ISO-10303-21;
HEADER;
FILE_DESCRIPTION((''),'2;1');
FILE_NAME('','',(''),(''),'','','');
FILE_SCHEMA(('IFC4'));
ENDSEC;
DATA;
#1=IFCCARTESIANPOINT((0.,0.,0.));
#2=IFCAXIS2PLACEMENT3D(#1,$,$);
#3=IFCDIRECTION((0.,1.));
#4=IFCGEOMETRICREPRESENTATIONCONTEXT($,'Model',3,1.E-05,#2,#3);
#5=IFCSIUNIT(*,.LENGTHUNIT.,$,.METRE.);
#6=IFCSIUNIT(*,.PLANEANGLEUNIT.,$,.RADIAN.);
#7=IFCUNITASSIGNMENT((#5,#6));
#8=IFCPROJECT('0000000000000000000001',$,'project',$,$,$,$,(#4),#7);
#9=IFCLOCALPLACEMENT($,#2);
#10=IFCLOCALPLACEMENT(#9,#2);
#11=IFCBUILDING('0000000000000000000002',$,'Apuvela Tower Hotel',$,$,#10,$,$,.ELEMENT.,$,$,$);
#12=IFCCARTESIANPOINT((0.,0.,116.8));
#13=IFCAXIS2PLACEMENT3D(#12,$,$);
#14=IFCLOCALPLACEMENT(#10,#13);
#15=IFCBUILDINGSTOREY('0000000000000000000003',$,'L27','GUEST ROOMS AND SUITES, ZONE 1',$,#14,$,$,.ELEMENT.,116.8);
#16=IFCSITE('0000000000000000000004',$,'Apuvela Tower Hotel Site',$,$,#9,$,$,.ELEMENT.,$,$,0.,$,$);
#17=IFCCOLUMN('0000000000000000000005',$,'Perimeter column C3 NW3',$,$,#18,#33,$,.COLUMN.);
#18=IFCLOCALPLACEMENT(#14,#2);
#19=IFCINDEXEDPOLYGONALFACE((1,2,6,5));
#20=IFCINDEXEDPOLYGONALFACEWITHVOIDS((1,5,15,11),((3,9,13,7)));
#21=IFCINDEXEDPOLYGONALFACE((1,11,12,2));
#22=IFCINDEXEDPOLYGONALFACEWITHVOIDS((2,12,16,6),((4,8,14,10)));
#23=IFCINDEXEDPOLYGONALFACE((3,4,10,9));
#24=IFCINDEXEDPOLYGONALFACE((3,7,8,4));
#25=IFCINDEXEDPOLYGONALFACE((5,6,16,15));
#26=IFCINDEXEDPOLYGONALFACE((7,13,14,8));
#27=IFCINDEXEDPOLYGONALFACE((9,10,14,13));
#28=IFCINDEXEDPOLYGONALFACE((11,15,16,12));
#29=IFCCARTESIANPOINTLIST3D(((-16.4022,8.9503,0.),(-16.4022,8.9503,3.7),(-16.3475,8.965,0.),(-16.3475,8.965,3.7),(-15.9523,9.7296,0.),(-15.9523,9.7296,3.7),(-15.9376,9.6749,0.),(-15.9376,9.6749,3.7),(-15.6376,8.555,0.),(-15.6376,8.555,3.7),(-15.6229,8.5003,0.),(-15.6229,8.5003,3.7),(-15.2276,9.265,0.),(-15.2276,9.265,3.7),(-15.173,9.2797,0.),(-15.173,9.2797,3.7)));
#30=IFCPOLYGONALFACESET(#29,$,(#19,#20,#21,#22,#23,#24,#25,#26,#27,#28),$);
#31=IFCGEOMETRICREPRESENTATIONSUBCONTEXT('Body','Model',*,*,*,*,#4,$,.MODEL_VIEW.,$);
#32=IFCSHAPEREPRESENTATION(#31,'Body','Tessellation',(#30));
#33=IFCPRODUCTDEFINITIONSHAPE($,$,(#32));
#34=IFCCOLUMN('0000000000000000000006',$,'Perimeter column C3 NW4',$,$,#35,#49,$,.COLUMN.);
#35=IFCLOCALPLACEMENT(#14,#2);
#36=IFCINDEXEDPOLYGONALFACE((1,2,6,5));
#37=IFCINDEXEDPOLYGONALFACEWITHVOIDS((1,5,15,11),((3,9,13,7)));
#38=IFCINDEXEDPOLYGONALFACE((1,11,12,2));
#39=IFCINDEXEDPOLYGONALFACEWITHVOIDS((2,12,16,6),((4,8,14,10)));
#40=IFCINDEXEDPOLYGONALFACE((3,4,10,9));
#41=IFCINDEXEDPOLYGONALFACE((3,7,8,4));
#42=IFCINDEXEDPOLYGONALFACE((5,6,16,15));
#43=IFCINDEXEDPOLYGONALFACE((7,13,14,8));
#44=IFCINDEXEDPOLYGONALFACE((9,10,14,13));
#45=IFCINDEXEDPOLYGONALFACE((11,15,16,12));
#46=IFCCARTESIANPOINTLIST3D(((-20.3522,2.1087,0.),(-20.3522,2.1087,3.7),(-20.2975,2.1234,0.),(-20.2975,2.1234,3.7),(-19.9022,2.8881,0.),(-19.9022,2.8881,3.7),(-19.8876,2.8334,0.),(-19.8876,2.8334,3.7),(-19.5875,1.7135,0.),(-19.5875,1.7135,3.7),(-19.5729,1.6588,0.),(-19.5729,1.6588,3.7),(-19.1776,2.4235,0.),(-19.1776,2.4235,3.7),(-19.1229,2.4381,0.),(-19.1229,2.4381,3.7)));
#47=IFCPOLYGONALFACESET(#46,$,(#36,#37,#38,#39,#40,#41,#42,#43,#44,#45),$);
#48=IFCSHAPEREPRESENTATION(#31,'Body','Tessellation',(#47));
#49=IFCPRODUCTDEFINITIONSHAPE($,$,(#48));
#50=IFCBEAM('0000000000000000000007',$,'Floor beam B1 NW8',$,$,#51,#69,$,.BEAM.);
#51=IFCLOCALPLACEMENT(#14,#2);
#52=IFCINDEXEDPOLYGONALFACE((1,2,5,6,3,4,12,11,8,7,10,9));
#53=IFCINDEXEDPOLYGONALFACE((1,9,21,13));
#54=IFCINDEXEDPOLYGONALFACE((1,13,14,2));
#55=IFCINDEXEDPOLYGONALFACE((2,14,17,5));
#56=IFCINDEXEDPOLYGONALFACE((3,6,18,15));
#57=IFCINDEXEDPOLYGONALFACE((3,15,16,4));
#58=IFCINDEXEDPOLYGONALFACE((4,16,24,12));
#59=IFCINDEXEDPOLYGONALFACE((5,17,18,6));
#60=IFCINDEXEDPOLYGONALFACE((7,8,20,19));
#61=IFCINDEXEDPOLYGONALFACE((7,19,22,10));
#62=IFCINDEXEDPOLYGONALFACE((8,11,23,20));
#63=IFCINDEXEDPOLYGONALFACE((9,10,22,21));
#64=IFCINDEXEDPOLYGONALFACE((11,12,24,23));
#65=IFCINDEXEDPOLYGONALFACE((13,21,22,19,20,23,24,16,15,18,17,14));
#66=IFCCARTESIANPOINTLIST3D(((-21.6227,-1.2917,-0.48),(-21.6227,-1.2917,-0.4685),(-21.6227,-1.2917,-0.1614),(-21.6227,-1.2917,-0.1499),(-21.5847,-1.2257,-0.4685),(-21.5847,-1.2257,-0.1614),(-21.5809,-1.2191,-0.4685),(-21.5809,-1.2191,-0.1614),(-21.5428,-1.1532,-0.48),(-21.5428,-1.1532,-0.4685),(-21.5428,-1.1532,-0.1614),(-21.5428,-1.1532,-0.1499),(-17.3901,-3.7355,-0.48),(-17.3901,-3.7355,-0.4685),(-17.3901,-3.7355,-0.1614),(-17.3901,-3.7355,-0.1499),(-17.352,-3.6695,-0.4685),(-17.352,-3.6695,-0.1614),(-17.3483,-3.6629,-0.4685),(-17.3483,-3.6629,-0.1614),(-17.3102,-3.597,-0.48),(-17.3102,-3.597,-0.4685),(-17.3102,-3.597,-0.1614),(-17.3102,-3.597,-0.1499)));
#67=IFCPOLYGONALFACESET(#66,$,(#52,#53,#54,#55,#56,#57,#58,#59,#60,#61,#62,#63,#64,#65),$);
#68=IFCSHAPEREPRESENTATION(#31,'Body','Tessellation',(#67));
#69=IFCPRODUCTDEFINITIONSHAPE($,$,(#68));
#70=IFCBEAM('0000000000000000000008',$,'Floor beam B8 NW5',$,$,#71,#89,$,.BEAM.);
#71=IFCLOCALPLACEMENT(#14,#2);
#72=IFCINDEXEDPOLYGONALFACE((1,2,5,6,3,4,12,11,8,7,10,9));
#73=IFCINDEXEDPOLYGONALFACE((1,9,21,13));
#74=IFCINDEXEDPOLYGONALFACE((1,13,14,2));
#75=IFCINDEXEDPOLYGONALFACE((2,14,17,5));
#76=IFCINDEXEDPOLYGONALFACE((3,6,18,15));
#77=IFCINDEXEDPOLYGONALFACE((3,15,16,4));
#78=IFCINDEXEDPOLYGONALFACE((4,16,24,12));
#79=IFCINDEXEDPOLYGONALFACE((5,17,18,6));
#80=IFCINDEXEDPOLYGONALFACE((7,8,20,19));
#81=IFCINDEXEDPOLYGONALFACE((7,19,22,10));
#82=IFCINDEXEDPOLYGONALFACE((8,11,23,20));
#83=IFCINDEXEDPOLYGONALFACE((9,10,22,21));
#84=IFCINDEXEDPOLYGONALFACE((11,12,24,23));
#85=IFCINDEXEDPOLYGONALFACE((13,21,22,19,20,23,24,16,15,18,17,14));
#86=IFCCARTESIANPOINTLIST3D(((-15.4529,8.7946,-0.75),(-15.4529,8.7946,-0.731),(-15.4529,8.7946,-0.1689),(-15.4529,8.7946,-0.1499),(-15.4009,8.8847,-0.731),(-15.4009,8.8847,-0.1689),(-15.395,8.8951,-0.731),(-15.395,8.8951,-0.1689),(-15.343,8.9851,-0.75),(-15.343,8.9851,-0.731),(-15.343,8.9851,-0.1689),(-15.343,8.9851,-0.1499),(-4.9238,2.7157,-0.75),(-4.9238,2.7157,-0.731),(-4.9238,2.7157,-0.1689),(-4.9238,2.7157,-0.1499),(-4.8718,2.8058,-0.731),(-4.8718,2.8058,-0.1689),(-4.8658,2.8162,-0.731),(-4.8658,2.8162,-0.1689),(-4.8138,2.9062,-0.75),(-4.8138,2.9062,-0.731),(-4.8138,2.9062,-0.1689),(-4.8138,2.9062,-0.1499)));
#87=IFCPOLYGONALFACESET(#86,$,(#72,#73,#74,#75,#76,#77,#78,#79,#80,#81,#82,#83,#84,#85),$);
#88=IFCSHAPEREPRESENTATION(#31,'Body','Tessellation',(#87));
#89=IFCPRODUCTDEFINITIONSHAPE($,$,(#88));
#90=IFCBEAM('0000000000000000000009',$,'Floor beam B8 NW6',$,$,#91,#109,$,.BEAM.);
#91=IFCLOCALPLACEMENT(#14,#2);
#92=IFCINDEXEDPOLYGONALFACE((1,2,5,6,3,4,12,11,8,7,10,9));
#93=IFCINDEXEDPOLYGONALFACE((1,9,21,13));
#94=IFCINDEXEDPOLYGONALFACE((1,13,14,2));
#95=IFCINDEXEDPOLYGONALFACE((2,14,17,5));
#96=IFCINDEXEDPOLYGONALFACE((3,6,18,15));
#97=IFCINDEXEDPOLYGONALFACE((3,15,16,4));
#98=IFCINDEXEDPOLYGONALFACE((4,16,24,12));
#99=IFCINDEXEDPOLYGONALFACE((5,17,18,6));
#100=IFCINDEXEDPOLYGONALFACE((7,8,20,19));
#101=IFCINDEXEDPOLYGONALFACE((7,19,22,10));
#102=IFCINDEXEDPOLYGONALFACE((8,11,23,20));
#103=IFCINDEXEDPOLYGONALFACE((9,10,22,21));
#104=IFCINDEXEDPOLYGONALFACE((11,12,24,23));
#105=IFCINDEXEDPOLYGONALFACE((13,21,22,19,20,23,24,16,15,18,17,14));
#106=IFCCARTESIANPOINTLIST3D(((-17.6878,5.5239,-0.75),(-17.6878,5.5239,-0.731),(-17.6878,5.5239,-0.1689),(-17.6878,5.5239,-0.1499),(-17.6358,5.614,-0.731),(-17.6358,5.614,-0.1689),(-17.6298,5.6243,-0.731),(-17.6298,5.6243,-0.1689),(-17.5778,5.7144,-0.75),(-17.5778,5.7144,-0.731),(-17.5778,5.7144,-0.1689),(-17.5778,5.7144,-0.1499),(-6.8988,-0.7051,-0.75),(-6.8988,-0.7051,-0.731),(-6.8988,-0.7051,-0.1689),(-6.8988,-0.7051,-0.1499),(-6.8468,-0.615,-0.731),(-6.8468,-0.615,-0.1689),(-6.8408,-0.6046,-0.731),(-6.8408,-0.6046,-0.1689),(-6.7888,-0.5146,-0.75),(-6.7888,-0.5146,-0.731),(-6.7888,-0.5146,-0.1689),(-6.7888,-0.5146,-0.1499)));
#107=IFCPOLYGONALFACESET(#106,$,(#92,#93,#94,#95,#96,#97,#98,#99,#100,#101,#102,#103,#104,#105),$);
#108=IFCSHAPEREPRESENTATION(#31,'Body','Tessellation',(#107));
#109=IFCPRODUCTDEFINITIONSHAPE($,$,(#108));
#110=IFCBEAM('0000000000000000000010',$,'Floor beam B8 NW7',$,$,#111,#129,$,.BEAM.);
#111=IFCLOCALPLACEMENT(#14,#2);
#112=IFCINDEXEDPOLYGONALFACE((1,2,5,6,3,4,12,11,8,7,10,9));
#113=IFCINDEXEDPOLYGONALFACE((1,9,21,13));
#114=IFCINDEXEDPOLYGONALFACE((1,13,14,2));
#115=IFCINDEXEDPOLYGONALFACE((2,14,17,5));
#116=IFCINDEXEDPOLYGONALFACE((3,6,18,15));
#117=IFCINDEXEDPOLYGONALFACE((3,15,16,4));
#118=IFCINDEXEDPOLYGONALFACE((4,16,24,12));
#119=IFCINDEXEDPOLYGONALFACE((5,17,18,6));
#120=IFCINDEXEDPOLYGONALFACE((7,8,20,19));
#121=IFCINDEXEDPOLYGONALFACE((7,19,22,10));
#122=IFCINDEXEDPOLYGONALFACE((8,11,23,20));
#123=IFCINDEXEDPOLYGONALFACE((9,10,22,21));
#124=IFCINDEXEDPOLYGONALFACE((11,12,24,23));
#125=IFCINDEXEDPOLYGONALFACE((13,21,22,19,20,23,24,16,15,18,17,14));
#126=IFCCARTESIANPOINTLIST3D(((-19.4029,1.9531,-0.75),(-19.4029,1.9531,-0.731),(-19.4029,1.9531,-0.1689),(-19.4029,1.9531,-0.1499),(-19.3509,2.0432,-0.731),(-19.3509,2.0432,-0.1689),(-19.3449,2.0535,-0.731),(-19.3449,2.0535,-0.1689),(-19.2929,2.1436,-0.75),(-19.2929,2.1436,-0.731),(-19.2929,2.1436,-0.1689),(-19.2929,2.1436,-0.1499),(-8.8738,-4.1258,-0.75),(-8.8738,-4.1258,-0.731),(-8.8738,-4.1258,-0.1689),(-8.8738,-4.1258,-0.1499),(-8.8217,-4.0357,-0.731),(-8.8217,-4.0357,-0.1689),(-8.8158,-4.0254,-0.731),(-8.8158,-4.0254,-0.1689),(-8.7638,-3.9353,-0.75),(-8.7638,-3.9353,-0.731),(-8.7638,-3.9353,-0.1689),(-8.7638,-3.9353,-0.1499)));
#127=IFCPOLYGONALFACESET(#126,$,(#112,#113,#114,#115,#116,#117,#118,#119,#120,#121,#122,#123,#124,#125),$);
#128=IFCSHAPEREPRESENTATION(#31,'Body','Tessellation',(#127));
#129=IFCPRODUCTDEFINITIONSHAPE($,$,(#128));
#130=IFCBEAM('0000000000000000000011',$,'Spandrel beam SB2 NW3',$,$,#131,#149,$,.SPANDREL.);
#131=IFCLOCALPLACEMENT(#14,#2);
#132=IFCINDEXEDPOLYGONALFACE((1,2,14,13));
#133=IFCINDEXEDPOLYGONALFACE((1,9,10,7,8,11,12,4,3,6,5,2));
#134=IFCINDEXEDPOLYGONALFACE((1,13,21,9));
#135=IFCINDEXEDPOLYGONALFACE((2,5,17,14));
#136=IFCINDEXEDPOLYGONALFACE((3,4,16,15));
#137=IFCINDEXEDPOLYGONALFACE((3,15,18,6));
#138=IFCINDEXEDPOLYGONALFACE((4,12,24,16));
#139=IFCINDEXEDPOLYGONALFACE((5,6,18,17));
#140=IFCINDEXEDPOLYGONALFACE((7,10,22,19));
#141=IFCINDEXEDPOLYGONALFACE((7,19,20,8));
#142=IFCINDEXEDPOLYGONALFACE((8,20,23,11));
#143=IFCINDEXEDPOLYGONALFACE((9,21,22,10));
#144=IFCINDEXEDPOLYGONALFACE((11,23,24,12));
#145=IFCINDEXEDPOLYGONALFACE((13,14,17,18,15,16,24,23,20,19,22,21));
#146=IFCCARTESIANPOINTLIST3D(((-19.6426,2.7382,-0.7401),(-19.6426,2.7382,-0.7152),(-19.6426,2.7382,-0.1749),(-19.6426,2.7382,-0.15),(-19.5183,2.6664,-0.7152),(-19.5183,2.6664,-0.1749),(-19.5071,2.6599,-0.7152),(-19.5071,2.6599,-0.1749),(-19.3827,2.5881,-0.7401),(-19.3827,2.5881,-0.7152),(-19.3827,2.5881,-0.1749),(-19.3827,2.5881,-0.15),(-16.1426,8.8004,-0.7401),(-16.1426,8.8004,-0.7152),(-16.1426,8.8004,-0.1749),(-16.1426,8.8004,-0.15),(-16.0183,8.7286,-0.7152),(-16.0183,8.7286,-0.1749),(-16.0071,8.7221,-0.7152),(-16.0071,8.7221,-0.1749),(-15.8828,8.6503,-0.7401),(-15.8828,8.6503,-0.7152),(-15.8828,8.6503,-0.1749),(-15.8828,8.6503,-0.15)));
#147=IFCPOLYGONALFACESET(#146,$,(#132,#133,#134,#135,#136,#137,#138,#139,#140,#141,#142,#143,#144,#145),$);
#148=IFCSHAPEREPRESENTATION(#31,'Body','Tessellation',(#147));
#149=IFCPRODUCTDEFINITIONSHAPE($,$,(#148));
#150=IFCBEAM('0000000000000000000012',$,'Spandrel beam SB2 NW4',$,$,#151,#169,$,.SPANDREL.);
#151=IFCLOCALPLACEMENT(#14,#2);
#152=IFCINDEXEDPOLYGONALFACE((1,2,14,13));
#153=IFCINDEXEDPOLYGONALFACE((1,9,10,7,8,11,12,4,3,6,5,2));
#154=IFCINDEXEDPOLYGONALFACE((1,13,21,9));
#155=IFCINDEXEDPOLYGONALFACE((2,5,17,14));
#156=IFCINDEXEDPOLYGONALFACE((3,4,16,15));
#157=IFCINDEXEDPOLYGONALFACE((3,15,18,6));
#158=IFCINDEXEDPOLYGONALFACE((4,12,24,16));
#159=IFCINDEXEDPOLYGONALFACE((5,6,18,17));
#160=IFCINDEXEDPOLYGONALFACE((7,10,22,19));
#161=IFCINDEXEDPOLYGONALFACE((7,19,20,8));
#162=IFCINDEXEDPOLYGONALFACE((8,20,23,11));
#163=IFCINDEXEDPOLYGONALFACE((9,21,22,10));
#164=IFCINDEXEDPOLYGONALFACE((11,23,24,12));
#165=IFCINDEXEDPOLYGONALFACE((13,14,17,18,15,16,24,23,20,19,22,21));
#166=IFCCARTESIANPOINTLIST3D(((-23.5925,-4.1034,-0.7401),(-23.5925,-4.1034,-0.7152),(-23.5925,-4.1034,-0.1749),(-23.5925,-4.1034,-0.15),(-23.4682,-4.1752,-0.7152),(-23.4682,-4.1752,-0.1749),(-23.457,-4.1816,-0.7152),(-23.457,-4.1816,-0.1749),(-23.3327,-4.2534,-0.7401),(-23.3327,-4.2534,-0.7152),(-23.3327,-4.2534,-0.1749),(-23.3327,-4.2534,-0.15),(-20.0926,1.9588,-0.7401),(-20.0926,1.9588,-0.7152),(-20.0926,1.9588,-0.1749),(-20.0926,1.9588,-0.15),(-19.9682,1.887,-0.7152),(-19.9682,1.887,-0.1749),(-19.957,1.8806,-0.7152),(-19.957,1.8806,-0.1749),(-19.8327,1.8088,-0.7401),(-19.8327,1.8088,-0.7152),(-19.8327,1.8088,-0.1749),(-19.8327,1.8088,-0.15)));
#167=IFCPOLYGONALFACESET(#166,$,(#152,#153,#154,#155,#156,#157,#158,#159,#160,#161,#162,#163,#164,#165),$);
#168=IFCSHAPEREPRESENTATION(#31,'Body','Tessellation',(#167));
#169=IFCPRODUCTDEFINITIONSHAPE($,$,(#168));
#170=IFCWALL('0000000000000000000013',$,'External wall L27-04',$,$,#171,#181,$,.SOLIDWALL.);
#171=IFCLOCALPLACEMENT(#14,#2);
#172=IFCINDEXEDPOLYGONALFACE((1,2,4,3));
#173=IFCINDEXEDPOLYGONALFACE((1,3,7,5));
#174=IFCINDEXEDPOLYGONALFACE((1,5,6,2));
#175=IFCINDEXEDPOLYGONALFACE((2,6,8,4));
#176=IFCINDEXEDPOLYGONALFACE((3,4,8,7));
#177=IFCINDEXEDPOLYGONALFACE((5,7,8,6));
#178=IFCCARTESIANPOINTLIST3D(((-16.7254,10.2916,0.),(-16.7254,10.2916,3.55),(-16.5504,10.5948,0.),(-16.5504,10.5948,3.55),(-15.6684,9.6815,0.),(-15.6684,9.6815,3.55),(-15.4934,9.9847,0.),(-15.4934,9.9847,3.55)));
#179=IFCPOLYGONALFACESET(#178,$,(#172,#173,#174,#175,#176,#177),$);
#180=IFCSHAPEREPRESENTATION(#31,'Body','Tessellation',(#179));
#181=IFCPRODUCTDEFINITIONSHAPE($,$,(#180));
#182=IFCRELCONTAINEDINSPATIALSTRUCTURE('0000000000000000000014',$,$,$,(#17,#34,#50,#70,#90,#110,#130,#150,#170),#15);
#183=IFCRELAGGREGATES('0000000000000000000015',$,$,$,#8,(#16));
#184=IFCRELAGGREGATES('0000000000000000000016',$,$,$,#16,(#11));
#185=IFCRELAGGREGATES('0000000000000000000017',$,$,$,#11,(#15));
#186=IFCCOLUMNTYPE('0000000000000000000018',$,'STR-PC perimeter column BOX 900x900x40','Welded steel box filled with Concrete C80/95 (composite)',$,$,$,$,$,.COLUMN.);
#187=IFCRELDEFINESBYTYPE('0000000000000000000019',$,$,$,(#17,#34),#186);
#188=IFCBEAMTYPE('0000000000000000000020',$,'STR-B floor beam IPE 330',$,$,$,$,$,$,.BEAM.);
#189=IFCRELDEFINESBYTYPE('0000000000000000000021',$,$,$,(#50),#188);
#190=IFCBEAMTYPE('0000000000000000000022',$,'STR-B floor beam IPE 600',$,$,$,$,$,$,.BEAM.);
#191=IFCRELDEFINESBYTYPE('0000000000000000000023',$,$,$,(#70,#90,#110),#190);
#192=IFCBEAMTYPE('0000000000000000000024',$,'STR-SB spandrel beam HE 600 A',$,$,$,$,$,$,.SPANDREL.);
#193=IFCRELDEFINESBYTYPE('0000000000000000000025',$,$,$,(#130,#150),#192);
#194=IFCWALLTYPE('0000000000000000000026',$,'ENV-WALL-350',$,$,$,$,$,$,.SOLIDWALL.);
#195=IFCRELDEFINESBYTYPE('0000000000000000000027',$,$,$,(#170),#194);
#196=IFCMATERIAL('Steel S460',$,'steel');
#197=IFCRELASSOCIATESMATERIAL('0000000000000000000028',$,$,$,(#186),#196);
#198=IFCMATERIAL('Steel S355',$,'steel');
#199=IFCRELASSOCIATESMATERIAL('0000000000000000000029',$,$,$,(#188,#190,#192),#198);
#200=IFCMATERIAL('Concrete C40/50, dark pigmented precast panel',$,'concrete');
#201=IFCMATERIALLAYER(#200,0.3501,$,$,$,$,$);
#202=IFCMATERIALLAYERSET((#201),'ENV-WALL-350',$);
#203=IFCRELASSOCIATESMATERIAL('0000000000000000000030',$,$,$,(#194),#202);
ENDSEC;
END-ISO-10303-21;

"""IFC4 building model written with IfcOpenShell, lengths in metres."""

from ifc_helpers import new_model, si_unit, direction, frame, frame_2d, origin, origin_2d, place, context, subcontext, project, spatial, rectangle, hollow_rectangle, i_section, extrude, material, layer, layer_set, material_profile, profile_set, type_object, element, save


model = new_model("IFC4")

# Units and contexts
model_context = context("Model", 3, precision=1e-05, world=origin(), true_north=direction((0.0, 1.0)))
body_context = subcontext(model_context, "Body", "Model", "MODEL_VIEW")
ifc_project = project(units=[si_unit("LENGTHUNIT", "METRE"), si_unit("PLANEANGLEUNIT", "RADIAN")], contexts=[model_context])

# Site, building, storey
site_placement = place(None, origin())
site = spatial("IfcSite", under=ifc_project, at=site_placement, Name="Apuvela Tower Hotel Site", CompositionType="ELEMENT", RefElevation=0.0)
building_placement = place(site_placement, origin())
building = spatial("IfcBuilding", under=site, at=building_placement, Name="Apuvela Tower Hotel", CompositionType="ELEMENT")
storey_placement = place(building_placement, frame((0.0, 0.0, 116.8)))
storey = spatial("IfcBuildingStorey", under=building, at=storey_placement, Name="L27", Description="GUEST ROOMS AND SUITES, ZONE 1", CompositionType="ELEMENT", Elevation=116.8)

# Columns
ifc_material_1 = material(Name="Steel S460", Category="steel")
ifc_material_profile_1 = material_profile(ifc_material_1, hollow_rectangle(XDim=0.8999, YDim=0.8999, WallThickness=0.04, at=origin_2d()), Name="BOX 900x900x40")
ifc_material_2 = material(Name="Concrete C80/95", Category="concrete")
ifc_material_profile_2 = material_profile(ifc_material_2, rectangle(XDim=0.8201, YDim=0.8201, at=origin_2d()), Name="Concrete C80/95 infill")
ifc_profile_set_1 = profile_set([ifc_material_profile_1, ifc_material_profile_2], Name="Steel S460")
column_type = type_object("IfcColumnType", Name="STR-PC perimeter column BOX 900x900x40", Description="Welded steel box filled with Concrete C80/95 (composite)", PredefinedType="COLUMN", material=ifc_profile_set_1)
for number, where, z_axis, x_axis, name in (
    (1, (-15.7876, 9.115, 0.0), (0.0, 0.0, 1.0), (0.5, 0.866025, 0.0), "Perimeter column C3 NW3"),
    (2, (-19.7375, 2.2734, 0.0), (0.0, 0.0, 1.0), (0.5, 0.866025, 0.0), "Perimeter column C3 NW4"),
):
    element("IfcColumn", number, at=place(storey_placement, frame(where, z_axis=z_axis, x_axis=x_axis)), inside=storey, type_object=column_type, Name=name, PredefinedType="COLUMN", context=body_context, shape_type="SweptSolid", body=[
        extrude(hollow_rectangle(XDim=0.8999, YDim=0.8999, WallThickness=0.04, at=origin_2d()), origin(), (0.0, 0.0, 1.0), 3.7),
    ])

# Beams
ifc_material_3 = material(Name="Steel S355", Category="steel")
ifc_material_profile_3 = material_profile(ifc_material_3, i_section(OverallWidth=0.1599, OverallDepth=0.3301, WebThickness=0.0076, FlangeThickness=0.0115, at=origin_2d()), Name="IPE 330")
ifc_profile_set_2 = profile_set([ifc_material_profile_3], Name="Steel S355")
beam_type_1 = type_object("IfcBeamType", Name="STR-B floor beam IPE 330", PredefinedType="BEAM", material=ifc_profile_set_2)
beam_1_placement = place(storey_placement, frame((-21.5828, -1.2224, -0.3149), z_axis=(0.866015, -0.500018, 0.0), x_axis=(0.500018, 0.866015, 0.0)))
element("IfcBeam", 3, at=beam_1_placement, inside=storey, type_object=beam_type_1, Name="Floor beam B1 NW8", PredefinedType="BEAM", context=body_context, shape_type="SweptSolid", body=[
    extrude(i_section(OverallWidth=0.1599, OverallDepth=0.3301, WebThickness=0.0076, FlangeThickness=0.0115, at=origin_2d()), origin(), (0.0, 0.0, 1.0), 4.8875),
])
ifc_material_profile_4 = material_profile(ifc_material_3, i_section(OverallWidth=0.22, OverallDepth=0.6001, WebThickness=0.012, FlangeThickness=0.019, at=origin_2d()), Name="IPE 600")
ifc_profile_set_3 = profile_set([ifc_material_profile_4], Name="Steel S355")
beam_type_2 = type_object("IfcBeamType", Name="STR-B floor beam IPE 600", PredefinedType="BEAM", material=ifc_profile_set_3)
beam_2_placement = place(storey_placement, frame((-15.3979, 8.8899, -0.45), z_axis=(0.866029, -0.499994, 0.0), x_axis=(0.499994, 0.866029, 0.0)))
element("IfcBeam", 4, at=beam_2_placement, inside=storey, type_object=beam_type_2, Name="Floor beam B8 NW5", PredefinedType="BEAM", context=body_context, shape_type="SweptSolid", body=[
    extrude(i_section(OverallWidth=0.22, OverallDepth=0.6001, WebThickness=0.012, FlangeThickness=0.019, at=origin_2d()), origin(), (0.0, 0.0, 1.0), 12.158),
])
beam_3_placement = place(storey_placement, frame((-17.6328, 5.6191, -0.45), z_axis=(0.866028, -0.499996, 0.0), x_axis=(0.499996, 0.866028, 0.0)))
element("IfcBeam", 5, at=beam_3_placement, inside=storey, type_object=beam_type_2, Name="Floor beam B8 NW6", PredefinedType="BEAM", context=body_context, shape_type="SweptSolid", body=[
    extrude(i_section(OverallWidth=0.22, OverallDepth=0.6001, WebThickness=0.012, FlangeThickness=0.019, at=origin_2d()), origin(), (0.0, 0.0, 1.0), 12.458),
])
beam_4_placement = place(storey_placement, frame((-19.3479, 2.0483, -0.45), z_axis=(0.866029, -0.499994, 0.0), x_axis=(0.499994, 0.866029, 0.0)))
element("IfcBeam", 6, at=beam_4_placement, inside=storey, type_object=beam_type_2, Name="Floor beam B8 NW7", PredefinedType="BEAM", context=body_context, shape_type="SweptSolid", body=[
    extrude(i_section(OverallWidth=0.22, OverallDepth=0.6001, WebThickness=0.012, FlangeThickness=0.019, at=origin_2d()), origin(), (0.0, 0.0, 1.0), 12.158),
])
ifc_material_profile_5 = material_profile(ifc_material_3, i_section(OverallWidth=0.3, OverallDepth=0.5901, WebThickness=0.0129, FlangeThickness=0.0249, at=origin_2d()), Name="HE 600 A")
ifc_profile_set_4 = profile_set([ifc_material_profile_5], Name="Steel S355")
beam_type_3 = type_object("IfcBeamType", Name="STR-SB spandrel beam HE 600 A", PredefinedType="SPANDREL", material=ifc_profile_set_4)
for number, where, z_axis, x_axis, name in (
    (7, (-16.0127, 8.7253, -0.4451), (-0.499995, -0.866028, 0.0), (0.866028, -0.499995, 0.0), "Spandrel beam SB2 NW3"),
    (8, (-19.9626, 1.8838, -0.4451), (-0.499995, -0.866028, 0.0), (0.866028, -0.499995, 0.0), "Spandrel beam SB2 NW4"),
):
    element("IfcBeam", number, at=place(storey_placement, frame(where, z_axis=z_axis, x_axis=x_axis)), inside=storey, type_object=beam_type_3, Name=name, PredefinedType="SPANDREL", context=body_context, shape_type="SweptSolid", body=[
        extrude(i_section(OverallWidth=0.3, OverallDepth=0.5901, WebThickness=0.0129, FlangeThickness=0.0249, at=origin_2d()), origin(), (0.0, 0.0, 1.0), 7.0),
    ])

# Wall
ifc_material_4 = material(Name="Concrete C40/50, dark pigmented precast panel", Category="concrete")
ifc_layer_1 = layer(ifc_material_4, 0.3501)
ifc_layer_set_1 = layer_set([ifc_layer_1], Name="ENV-WALL-350")
wall_type_1 = type_object("IfcWallType", Name="ENV-WALL-350", PredefinedType="SOLIDWALL", material=ifc_layer_set_1)
wall_1_placement = place(storey_placement, frame((-15.5808, 9.833, 0.0), z_axis=(0.0, 0.0, 1.0), x_axis=(-0.866056, 0.499948, 0.0)))
element("IfcWall", 9, at=wall_1_placement, inside=storey, type_object=wall_type_1, Name="External wall L27-04", PredefinedType="SOLIDWALL", context=body_context, shape_type="SweptSolid", body=[
    extrude(rectangle(XDim=1.2205, YDim=0.3501, at=frame_2d((0.6104, 0.0))), origin(), (0.0, 0.0, 1.0), 3.55),
])

save(model, "model.ifc")
